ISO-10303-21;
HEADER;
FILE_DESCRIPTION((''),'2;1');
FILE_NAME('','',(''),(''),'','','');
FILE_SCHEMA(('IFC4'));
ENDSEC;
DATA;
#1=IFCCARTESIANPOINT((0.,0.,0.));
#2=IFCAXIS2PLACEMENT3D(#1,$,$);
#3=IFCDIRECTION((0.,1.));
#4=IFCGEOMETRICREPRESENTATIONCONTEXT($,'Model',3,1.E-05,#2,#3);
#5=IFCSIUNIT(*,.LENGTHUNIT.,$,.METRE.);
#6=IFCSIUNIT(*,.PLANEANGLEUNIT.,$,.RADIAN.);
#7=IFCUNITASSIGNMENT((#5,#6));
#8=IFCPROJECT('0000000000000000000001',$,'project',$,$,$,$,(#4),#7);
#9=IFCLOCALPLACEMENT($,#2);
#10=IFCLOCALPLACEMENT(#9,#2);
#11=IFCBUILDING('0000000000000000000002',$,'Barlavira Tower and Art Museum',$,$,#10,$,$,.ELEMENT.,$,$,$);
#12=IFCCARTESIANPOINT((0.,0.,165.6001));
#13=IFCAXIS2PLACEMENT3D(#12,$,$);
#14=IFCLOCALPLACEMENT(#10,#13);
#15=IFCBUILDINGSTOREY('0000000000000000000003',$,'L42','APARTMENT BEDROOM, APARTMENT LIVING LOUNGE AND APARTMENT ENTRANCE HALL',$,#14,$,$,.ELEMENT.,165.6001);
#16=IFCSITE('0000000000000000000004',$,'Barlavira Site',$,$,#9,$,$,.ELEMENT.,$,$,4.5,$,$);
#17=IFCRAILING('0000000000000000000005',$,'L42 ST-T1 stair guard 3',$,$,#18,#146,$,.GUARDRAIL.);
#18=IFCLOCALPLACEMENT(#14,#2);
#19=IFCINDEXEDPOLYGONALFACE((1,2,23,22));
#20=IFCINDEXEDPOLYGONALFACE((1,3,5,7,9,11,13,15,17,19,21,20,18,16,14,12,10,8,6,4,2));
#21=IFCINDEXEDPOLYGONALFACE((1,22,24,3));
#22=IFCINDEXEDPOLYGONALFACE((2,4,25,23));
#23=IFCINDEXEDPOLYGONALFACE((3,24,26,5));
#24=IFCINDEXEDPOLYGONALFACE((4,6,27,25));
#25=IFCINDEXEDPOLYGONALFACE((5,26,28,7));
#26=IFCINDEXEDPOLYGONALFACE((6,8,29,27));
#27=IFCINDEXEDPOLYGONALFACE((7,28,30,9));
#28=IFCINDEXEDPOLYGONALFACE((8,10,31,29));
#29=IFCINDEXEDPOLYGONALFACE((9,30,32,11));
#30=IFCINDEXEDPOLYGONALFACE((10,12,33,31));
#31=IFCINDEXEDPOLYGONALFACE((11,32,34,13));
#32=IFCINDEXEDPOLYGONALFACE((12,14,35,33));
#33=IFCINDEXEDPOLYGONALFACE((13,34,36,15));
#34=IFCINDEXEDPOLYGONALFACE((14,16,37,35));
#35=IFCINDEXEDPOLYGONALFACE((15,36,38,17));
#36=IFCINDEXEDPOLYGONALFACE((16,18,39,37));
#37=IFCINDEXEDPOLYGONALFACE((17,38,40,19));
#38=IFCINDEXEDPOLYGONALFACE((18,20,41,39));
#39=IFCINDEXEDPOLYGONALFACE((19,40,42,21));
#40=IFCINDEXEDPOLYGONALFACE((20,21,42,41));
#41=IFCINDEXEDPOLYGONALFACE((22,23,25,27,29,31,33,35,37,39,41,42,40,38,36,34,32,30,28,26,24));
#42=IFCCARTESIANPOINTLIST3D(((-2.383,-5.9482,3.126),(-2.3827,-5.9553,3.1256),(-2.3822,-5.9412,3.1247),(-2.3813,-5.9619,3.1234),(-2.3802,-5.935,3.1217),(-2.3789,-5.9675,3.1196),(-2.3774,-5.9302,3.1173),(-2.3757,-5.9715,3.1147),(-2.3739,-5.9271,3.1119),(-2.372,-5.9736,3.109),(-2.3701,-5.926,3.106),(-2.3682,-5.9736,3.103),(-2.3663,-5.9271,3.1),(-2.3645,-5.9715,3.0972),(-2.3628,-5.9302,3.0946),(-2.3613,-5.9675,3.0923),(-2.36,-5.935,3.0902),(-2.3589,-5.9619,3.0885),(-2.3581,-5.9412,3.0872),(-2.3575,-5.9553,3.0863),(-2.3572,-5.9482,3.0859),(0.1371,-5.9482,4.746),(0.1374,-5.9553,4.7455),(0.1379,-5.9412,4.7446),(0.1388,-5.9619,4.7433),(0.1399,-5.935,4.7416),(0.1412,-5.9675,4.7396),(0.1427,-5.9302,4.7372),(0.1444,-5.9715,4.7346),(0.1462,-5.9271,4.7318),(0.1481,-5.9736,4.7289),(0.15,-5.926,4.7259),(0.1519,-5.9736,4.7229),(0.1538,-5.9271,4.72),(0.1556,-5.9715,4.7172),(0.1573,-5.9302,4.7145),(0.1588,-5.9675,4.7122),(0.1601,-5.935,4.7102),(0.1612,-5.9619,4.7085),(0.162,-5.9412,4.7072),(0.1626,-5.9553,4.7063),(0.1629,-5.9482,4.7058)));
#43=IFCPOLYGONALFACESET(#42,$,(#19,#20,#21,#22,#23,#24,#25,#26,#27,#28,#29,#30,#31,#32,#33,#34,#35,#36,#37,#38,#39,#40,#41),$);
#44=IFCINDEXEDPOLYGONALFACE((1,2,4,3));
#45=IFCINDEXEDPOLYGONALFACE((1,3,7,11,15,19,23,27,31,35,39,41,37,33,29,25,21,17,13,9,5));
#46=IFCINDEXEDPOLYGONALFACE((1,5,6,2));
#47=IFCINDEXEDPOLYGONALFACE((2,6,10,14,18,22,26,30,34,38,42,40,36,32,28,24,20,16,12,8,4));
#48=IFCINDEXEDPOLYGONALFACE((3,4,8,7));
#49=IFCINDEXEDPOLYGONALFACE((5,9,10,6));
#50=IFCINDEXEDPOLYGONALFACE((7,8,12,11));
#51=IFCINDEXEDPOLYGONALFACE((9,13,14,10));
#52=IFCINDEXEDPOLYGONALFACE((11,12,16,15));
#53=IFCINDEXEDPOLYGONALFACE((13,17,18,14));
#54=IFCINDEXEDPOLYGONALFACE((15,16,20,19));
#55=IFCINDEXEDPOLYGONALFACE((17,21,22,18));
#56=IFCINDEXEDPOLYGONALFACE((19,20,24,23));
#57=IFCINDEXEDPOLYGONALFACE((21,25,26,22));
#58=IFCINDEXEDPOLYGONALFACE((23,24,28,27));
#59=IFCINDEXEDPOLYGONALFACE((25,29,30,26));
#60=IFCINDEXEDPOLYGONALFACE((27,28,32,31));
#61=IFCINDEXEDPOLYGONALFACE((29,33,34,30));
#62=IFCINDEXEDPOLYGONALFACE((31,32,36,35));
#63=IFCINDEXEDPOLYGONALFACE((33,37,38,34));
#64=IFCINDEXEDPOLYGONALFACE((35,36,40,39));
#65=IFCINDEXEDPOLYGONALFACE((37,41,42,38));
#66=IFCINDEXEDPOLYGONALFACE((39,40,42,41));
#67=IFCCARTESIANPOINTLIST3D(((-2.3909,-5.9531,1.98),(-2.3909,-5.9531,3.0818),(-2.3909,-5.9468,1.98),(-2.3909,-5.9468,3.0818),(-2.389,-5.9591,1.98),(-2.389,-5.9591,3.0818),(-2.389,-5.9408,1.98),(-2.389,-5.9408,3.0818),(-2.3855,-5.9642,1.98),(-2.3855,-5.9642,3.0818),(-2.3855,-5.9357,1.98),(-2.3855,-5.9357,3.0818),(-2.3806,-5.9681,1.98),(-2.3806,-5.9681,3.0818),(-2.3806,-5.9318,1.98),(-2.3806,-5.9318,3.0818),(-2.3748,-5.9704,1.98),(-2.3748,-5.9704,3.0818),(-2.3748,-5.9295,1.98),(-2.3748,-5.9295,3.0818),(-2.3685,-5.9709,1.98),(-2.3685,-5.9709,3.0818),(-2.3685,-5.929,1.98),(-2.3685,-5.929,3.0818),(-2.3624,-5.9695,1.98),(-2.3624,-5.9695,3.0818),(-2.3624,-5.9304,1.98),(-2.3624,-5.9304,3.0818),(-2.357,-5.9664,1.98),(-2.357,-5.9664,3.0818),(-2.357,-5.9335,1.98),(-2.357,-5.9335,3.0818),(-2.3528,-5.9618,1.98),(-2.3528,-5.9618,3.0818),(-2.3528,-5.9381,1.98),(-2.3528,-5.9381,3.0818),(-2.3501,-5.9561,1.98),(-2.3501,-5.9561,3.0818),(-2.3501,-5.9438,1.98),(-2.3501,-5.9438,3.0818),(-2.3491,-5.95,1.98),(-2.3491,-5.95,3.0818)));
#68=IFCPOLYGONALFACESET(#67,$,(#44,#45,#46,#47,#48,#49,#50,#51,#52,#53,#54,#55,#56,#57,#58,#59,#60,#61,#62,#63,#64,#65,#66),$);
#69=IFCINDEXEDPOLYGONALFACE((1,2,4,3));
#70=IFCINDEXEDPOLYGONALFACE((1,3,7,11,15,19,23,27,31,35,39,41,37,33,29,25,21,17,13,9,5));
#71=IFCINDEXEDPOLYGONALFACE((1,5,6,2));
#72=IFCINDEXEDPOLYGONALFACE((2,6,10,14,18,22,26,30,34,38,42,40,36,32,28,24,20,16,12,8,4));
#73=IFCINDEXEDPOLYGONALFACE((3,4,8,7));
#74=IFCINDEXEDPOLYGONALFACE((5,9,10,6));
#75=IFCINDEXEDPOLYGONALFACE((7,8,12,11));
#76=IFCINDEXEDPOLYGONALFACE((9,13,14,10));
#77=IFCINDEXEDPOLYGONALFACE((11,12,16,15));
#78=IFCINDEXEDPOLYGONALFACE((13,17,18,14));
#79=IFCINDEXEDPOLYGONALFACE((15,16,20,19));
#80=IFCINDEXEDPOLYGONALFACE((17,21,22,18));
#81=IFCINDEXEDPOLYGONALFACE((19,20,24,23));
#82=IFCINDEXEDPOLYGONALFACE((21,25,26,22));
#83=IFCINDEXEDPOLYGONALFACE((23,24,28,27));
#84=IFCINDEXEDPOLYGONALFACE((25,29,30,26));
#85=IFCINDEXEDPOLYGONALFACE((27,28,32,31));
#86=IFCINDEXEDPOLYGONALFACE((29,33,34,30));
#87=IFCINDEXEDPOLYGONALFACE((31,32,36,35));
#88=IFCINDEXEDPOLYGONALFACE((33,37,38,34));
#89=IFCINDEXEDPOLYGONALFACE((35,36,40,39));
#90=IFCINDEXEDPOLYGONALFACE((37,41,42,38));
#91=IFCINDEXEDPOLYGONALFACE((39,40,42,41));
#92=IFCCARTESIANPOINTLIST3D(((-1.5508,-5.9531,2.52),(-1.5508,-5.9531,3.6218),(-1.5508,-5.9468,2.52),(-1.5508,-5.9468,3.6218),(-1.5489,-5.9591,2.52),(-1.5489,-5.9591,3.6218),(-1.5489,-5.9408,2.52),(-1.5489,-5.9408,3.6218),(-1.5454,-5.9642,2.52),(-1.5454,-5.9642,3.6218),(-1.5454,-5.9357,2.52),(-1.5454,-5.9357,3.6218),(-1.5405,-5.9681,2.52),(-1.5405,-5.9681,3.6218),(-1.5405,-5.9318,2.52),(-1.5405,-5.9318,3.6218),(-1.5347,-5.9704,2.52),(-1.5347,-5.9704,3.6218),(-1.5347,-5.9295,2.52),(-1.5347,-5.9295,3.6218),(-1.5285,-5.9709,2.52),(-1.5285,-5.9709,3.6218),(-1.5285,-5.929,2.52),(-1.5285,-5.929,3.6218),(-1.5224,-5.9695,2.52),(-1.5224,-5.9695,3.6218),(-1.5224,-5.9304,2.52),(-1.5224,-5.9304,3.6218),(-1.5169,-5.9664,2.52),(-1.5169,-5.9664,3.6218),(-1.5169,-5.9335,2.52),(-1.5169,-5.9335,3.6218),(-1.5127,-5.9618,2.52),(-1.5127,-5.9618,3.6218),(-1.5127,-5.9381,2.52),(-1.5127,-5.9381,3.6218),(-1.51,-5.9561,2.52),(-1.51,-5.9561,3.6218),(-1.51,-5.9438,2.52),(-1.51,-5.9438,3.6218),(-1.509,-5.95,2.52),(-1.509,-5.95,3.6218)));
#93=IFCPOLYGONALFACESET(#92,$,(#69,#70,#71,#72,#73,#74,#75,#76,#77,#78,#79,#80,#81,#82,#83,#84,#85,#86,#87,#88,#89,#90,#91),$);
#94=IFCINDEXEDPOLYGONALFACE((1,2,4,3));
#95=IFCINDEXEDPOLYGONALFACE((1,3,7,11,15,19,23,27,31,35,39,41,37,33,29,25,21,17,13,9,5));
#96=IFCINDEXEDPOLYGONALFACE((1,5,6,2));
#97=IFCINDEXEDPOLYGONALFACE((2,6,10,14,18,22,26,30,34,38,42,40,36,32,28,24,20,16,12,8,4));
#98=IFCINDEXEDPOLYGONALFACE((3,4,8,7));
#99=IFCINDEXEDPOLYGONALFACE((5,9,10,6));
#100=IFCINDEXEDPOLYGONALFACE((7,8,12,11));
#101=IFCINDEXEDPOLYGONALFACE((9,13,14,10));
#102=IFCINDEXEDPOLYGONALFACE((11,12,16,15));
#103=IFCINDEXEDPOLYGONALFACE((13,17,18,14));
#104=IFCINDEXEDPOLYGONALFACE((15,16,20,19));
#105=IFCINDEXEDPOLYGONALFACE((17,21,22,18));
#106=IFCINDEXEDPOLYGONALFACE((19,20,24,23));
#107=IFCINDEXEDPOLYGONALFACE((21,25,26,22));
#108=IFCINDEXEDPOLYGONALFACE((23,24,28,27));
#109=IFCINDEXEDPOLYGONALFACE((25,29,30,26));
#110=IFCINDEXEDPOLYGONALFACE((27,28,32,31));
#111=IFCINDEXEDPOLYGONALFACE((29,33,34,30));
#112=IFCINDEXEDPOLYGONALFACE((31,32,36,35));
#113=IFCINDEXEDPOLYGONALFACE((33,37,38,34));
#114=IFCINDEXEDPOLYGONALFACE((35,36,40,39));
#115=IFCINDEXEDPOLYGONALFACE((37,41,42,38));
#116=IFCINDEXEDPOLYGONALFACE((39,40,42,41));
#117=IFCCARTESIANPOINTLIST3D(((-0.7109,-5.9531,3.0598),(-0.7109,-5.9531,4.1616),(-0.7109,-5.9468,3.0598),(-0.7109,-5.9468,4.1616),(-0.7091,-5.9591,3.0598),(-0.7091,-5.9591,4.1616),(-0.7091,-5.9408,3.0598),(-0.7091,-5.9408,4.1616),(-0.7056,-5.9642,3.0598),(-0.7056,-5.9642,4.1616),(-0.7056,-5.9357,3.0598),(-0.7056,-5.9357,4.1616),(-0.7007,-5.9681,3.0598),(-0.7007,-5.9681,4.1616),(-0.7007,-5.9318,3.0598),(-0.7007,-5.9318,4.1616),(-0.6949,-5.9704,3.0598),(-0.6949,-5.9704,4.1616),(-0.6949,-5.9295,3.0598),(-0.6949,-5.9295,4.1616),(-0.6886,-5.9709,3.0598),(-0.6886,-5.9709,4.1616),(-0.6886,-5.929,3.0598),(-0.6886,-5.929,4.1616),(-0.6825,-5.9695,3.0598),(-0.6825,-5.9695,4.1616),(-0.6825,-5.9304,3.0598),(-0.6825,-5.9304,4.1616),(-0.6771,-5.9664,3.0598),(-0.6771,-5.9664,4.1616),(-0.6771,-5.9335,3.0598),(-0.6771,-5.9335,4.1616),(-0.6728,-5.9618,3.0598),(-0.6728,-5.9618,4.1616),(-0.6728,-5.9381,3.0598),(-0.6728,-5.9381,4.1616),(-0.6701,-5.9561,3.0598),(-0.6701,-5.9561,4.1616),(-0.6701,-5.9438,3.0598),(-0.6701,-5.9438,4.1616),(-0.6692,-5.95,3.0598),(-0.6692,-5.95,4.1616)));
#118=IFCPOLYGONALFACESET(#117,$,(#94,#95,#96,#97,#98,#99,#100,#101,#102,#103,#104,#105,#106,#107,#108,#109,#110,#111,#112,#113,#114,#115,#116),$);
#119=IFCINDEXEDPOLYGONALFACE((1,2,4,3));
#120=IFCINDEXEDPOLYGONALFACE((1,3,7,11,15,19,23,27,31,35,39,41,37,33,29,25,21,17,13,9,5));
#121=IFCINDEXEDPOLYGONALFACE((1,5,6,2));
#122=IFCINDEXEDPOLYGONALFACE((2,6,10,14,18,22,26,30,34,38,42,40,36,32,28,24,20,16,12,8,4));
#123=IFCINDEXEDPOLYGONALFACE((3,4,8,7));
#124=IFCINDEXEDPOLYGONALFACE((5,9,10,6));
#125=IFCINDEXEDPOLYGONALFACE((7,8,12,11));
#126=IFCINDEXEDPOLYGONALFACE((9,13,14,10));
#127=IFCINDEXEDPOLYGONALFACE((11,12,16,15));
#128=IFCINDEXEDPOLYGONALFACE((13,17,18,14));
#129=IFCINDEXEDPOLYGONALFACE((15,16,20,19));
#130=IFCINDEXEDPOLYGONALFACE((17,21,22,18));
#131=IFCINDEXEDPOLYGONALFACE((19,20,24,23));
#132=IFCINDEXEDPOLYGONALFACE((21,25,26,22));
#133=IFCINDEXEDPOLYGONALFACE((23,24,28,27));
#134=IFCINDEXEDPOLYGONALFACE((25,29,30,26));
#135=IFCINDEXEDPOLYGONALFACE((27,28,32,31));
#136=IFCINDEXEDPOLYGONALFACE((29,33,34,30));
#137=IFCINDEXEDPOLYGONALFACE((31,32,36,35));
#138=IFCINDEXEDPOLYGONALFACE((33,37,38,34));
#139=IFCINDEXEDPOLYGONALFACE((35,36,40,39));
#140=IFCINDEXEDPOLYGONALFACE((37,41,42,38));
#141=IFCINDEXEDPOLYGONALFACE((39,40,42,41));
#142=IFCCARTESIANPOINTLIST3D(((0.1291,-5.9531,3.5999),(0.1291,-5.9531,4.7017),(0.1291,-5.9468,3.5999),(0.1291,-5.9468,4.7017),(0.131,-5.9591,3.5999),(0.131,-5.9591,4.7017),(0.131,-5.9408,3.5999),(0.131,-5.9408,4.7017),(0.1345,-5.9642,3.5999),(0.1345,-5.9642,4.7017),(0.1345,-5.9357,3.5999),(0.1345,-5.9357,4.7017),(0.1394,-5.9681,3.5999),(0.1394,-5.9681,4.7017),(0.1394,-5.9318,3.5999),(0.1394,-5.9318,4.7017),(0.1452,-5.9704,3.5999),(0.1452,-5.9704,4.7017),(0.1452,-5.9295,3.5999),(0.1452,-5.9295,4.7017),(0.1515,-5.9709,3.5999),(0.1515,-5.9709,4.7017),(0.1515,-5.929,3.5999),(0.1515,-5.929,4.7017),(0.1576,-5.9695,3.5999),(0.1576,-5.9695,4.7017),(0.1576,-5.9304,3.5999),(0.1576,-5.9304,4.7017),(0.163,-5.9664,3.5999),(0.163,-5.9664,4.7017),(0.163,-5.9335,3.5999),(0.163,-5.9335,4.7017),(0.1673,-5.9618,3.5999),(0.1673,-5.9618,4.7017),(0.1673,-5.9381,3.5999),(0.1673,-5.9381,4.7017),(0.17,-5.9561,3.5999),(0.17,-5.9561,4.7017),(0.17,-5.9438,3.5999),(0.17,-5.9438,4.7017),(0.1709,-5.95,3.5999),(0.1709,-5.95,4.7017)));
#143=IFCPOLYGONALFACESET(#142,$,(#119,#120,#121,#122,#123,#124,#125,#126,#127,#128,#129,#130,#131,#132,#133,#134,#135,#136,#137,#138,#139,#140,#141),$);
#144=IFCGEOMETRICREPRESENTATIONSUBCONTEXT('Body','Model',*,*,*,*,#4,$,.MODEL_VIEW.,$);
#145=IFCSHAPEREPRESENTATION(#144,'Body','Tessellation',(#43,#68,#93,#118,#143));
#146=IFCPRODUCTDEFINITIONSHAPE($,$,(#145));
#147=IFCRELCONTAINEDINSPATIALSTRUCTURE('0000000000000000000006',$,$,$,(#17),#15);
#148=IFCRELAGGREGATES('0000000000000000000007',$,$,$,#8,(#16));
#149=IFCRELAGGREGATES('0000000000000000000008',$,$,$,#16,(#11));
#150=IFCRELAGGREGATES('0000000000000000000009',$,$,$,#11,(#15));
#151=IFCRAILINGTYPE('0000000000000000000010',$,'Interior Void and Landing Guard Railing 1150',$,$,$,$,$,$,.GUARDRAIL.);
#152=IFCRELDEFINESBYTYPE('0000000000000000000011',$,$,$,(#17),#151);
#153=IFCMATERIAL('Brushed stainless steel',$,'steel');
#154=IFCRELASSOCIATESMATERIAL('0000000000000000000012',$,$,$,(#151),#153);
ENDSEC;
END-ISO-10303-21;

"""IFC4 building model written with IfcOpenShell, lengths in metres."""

from ifc_helpers import new_model, si_unit, direction, frame, origin, origin_2d, place, context, subcontext, project, spatial, circle, extrude, material, type_object, element, save


model = new_model("IFC4")

# Units and contexts
model_context = context("Model", 3, precision=1e-05, world=origin(), true_north=direction((0.0, 1.0)))
body_context = subcontext(model_context, "Body", "Model", "MODEL_VIEW")
ifc_project = project(units=[si_unit("LENGTHUNIT", "METRE"), si_unit("PLANEANGLEUNIT", "RADIAN")], contexts=[model_context])

# Site, building, storey
site_placement = place(None, origin())
site = spatial("IfcSite", under=ifc_project, at=site_placement, Name="Barlavira Site", CompositionType="ELEMENT", RefElevation=4.5)
building_placement = place(site_placement, origin())
building = spatial("IfcBuilding", under=site, at=building_placement, Name="Barlavira Tower and Art Museum", CompositionType="ELEMENT")
storey_placement = place(building_placement, frame((0.0, 0.0, 165.6001)))
storey = spatial("IfcBuildingStorey", under=building, at=storey_placement, Name="L42", Description="APARTMENT BEDROOM, APARTMENT LIVING LOUNGE AND APARTMENT ENTRANCE HALL", CompositionType="ELEMENT", Elevation=165.6001)

# Shared definitions
ifc_material_1 = material(Name="Brushed stainless steel", Category="steel")

# Railing
railing_type_1 = type_object("IfcRailingType", Name="Interior Void and Landing Guard Railing 1150", PredefinedType="GUARDRAIL", material=ifc_material_1)
railing_1_placement = place(storey_placement, frame((-2.3701, -5.95, 1.98)))
element("IfcRailing", 1, at=railing_1_placement, inside=storey, type_object=railing_type_1, Name="L42 ST-T1 stair guard 3", PredefinedType="GUARDRAIL", context=body_context, shape_type="SweptSolid", body=[
    extrude(circle(Radius=0.0239, at=origin_2d()), frame((0.0, 0.0, 1.126), z_axis=(0.8412, 0.0, 0.540725), x_axis=(0.0, 1.0, 0.0)), (0.0, 0.0, 1.0), 2.9958),
    extrude(circle(Radius=0.021, at=origin_2d()), origin(), (0.0, 0.0, 1.0), 1.1018),
    extrude(circle(Radius=0.021, at=origin_2d()), frame((0.8401, 0.0, 0.54)), (0.0, 0.0, 1.0), 1.1018),
    extrude(circle(Radius=0.021, at=origin_2d()), frame((1.6799, 0.0, 1.0798)), (0.0, 0.0, 1.0), 1.1018),
    extrude(circle(Radius=0.021, at=origin_2d()), frame((2.52, 0.0, 1.6199)), (0.0, 0.0, 1.0), 1.1018),
])

save(model, "model.ifc")
